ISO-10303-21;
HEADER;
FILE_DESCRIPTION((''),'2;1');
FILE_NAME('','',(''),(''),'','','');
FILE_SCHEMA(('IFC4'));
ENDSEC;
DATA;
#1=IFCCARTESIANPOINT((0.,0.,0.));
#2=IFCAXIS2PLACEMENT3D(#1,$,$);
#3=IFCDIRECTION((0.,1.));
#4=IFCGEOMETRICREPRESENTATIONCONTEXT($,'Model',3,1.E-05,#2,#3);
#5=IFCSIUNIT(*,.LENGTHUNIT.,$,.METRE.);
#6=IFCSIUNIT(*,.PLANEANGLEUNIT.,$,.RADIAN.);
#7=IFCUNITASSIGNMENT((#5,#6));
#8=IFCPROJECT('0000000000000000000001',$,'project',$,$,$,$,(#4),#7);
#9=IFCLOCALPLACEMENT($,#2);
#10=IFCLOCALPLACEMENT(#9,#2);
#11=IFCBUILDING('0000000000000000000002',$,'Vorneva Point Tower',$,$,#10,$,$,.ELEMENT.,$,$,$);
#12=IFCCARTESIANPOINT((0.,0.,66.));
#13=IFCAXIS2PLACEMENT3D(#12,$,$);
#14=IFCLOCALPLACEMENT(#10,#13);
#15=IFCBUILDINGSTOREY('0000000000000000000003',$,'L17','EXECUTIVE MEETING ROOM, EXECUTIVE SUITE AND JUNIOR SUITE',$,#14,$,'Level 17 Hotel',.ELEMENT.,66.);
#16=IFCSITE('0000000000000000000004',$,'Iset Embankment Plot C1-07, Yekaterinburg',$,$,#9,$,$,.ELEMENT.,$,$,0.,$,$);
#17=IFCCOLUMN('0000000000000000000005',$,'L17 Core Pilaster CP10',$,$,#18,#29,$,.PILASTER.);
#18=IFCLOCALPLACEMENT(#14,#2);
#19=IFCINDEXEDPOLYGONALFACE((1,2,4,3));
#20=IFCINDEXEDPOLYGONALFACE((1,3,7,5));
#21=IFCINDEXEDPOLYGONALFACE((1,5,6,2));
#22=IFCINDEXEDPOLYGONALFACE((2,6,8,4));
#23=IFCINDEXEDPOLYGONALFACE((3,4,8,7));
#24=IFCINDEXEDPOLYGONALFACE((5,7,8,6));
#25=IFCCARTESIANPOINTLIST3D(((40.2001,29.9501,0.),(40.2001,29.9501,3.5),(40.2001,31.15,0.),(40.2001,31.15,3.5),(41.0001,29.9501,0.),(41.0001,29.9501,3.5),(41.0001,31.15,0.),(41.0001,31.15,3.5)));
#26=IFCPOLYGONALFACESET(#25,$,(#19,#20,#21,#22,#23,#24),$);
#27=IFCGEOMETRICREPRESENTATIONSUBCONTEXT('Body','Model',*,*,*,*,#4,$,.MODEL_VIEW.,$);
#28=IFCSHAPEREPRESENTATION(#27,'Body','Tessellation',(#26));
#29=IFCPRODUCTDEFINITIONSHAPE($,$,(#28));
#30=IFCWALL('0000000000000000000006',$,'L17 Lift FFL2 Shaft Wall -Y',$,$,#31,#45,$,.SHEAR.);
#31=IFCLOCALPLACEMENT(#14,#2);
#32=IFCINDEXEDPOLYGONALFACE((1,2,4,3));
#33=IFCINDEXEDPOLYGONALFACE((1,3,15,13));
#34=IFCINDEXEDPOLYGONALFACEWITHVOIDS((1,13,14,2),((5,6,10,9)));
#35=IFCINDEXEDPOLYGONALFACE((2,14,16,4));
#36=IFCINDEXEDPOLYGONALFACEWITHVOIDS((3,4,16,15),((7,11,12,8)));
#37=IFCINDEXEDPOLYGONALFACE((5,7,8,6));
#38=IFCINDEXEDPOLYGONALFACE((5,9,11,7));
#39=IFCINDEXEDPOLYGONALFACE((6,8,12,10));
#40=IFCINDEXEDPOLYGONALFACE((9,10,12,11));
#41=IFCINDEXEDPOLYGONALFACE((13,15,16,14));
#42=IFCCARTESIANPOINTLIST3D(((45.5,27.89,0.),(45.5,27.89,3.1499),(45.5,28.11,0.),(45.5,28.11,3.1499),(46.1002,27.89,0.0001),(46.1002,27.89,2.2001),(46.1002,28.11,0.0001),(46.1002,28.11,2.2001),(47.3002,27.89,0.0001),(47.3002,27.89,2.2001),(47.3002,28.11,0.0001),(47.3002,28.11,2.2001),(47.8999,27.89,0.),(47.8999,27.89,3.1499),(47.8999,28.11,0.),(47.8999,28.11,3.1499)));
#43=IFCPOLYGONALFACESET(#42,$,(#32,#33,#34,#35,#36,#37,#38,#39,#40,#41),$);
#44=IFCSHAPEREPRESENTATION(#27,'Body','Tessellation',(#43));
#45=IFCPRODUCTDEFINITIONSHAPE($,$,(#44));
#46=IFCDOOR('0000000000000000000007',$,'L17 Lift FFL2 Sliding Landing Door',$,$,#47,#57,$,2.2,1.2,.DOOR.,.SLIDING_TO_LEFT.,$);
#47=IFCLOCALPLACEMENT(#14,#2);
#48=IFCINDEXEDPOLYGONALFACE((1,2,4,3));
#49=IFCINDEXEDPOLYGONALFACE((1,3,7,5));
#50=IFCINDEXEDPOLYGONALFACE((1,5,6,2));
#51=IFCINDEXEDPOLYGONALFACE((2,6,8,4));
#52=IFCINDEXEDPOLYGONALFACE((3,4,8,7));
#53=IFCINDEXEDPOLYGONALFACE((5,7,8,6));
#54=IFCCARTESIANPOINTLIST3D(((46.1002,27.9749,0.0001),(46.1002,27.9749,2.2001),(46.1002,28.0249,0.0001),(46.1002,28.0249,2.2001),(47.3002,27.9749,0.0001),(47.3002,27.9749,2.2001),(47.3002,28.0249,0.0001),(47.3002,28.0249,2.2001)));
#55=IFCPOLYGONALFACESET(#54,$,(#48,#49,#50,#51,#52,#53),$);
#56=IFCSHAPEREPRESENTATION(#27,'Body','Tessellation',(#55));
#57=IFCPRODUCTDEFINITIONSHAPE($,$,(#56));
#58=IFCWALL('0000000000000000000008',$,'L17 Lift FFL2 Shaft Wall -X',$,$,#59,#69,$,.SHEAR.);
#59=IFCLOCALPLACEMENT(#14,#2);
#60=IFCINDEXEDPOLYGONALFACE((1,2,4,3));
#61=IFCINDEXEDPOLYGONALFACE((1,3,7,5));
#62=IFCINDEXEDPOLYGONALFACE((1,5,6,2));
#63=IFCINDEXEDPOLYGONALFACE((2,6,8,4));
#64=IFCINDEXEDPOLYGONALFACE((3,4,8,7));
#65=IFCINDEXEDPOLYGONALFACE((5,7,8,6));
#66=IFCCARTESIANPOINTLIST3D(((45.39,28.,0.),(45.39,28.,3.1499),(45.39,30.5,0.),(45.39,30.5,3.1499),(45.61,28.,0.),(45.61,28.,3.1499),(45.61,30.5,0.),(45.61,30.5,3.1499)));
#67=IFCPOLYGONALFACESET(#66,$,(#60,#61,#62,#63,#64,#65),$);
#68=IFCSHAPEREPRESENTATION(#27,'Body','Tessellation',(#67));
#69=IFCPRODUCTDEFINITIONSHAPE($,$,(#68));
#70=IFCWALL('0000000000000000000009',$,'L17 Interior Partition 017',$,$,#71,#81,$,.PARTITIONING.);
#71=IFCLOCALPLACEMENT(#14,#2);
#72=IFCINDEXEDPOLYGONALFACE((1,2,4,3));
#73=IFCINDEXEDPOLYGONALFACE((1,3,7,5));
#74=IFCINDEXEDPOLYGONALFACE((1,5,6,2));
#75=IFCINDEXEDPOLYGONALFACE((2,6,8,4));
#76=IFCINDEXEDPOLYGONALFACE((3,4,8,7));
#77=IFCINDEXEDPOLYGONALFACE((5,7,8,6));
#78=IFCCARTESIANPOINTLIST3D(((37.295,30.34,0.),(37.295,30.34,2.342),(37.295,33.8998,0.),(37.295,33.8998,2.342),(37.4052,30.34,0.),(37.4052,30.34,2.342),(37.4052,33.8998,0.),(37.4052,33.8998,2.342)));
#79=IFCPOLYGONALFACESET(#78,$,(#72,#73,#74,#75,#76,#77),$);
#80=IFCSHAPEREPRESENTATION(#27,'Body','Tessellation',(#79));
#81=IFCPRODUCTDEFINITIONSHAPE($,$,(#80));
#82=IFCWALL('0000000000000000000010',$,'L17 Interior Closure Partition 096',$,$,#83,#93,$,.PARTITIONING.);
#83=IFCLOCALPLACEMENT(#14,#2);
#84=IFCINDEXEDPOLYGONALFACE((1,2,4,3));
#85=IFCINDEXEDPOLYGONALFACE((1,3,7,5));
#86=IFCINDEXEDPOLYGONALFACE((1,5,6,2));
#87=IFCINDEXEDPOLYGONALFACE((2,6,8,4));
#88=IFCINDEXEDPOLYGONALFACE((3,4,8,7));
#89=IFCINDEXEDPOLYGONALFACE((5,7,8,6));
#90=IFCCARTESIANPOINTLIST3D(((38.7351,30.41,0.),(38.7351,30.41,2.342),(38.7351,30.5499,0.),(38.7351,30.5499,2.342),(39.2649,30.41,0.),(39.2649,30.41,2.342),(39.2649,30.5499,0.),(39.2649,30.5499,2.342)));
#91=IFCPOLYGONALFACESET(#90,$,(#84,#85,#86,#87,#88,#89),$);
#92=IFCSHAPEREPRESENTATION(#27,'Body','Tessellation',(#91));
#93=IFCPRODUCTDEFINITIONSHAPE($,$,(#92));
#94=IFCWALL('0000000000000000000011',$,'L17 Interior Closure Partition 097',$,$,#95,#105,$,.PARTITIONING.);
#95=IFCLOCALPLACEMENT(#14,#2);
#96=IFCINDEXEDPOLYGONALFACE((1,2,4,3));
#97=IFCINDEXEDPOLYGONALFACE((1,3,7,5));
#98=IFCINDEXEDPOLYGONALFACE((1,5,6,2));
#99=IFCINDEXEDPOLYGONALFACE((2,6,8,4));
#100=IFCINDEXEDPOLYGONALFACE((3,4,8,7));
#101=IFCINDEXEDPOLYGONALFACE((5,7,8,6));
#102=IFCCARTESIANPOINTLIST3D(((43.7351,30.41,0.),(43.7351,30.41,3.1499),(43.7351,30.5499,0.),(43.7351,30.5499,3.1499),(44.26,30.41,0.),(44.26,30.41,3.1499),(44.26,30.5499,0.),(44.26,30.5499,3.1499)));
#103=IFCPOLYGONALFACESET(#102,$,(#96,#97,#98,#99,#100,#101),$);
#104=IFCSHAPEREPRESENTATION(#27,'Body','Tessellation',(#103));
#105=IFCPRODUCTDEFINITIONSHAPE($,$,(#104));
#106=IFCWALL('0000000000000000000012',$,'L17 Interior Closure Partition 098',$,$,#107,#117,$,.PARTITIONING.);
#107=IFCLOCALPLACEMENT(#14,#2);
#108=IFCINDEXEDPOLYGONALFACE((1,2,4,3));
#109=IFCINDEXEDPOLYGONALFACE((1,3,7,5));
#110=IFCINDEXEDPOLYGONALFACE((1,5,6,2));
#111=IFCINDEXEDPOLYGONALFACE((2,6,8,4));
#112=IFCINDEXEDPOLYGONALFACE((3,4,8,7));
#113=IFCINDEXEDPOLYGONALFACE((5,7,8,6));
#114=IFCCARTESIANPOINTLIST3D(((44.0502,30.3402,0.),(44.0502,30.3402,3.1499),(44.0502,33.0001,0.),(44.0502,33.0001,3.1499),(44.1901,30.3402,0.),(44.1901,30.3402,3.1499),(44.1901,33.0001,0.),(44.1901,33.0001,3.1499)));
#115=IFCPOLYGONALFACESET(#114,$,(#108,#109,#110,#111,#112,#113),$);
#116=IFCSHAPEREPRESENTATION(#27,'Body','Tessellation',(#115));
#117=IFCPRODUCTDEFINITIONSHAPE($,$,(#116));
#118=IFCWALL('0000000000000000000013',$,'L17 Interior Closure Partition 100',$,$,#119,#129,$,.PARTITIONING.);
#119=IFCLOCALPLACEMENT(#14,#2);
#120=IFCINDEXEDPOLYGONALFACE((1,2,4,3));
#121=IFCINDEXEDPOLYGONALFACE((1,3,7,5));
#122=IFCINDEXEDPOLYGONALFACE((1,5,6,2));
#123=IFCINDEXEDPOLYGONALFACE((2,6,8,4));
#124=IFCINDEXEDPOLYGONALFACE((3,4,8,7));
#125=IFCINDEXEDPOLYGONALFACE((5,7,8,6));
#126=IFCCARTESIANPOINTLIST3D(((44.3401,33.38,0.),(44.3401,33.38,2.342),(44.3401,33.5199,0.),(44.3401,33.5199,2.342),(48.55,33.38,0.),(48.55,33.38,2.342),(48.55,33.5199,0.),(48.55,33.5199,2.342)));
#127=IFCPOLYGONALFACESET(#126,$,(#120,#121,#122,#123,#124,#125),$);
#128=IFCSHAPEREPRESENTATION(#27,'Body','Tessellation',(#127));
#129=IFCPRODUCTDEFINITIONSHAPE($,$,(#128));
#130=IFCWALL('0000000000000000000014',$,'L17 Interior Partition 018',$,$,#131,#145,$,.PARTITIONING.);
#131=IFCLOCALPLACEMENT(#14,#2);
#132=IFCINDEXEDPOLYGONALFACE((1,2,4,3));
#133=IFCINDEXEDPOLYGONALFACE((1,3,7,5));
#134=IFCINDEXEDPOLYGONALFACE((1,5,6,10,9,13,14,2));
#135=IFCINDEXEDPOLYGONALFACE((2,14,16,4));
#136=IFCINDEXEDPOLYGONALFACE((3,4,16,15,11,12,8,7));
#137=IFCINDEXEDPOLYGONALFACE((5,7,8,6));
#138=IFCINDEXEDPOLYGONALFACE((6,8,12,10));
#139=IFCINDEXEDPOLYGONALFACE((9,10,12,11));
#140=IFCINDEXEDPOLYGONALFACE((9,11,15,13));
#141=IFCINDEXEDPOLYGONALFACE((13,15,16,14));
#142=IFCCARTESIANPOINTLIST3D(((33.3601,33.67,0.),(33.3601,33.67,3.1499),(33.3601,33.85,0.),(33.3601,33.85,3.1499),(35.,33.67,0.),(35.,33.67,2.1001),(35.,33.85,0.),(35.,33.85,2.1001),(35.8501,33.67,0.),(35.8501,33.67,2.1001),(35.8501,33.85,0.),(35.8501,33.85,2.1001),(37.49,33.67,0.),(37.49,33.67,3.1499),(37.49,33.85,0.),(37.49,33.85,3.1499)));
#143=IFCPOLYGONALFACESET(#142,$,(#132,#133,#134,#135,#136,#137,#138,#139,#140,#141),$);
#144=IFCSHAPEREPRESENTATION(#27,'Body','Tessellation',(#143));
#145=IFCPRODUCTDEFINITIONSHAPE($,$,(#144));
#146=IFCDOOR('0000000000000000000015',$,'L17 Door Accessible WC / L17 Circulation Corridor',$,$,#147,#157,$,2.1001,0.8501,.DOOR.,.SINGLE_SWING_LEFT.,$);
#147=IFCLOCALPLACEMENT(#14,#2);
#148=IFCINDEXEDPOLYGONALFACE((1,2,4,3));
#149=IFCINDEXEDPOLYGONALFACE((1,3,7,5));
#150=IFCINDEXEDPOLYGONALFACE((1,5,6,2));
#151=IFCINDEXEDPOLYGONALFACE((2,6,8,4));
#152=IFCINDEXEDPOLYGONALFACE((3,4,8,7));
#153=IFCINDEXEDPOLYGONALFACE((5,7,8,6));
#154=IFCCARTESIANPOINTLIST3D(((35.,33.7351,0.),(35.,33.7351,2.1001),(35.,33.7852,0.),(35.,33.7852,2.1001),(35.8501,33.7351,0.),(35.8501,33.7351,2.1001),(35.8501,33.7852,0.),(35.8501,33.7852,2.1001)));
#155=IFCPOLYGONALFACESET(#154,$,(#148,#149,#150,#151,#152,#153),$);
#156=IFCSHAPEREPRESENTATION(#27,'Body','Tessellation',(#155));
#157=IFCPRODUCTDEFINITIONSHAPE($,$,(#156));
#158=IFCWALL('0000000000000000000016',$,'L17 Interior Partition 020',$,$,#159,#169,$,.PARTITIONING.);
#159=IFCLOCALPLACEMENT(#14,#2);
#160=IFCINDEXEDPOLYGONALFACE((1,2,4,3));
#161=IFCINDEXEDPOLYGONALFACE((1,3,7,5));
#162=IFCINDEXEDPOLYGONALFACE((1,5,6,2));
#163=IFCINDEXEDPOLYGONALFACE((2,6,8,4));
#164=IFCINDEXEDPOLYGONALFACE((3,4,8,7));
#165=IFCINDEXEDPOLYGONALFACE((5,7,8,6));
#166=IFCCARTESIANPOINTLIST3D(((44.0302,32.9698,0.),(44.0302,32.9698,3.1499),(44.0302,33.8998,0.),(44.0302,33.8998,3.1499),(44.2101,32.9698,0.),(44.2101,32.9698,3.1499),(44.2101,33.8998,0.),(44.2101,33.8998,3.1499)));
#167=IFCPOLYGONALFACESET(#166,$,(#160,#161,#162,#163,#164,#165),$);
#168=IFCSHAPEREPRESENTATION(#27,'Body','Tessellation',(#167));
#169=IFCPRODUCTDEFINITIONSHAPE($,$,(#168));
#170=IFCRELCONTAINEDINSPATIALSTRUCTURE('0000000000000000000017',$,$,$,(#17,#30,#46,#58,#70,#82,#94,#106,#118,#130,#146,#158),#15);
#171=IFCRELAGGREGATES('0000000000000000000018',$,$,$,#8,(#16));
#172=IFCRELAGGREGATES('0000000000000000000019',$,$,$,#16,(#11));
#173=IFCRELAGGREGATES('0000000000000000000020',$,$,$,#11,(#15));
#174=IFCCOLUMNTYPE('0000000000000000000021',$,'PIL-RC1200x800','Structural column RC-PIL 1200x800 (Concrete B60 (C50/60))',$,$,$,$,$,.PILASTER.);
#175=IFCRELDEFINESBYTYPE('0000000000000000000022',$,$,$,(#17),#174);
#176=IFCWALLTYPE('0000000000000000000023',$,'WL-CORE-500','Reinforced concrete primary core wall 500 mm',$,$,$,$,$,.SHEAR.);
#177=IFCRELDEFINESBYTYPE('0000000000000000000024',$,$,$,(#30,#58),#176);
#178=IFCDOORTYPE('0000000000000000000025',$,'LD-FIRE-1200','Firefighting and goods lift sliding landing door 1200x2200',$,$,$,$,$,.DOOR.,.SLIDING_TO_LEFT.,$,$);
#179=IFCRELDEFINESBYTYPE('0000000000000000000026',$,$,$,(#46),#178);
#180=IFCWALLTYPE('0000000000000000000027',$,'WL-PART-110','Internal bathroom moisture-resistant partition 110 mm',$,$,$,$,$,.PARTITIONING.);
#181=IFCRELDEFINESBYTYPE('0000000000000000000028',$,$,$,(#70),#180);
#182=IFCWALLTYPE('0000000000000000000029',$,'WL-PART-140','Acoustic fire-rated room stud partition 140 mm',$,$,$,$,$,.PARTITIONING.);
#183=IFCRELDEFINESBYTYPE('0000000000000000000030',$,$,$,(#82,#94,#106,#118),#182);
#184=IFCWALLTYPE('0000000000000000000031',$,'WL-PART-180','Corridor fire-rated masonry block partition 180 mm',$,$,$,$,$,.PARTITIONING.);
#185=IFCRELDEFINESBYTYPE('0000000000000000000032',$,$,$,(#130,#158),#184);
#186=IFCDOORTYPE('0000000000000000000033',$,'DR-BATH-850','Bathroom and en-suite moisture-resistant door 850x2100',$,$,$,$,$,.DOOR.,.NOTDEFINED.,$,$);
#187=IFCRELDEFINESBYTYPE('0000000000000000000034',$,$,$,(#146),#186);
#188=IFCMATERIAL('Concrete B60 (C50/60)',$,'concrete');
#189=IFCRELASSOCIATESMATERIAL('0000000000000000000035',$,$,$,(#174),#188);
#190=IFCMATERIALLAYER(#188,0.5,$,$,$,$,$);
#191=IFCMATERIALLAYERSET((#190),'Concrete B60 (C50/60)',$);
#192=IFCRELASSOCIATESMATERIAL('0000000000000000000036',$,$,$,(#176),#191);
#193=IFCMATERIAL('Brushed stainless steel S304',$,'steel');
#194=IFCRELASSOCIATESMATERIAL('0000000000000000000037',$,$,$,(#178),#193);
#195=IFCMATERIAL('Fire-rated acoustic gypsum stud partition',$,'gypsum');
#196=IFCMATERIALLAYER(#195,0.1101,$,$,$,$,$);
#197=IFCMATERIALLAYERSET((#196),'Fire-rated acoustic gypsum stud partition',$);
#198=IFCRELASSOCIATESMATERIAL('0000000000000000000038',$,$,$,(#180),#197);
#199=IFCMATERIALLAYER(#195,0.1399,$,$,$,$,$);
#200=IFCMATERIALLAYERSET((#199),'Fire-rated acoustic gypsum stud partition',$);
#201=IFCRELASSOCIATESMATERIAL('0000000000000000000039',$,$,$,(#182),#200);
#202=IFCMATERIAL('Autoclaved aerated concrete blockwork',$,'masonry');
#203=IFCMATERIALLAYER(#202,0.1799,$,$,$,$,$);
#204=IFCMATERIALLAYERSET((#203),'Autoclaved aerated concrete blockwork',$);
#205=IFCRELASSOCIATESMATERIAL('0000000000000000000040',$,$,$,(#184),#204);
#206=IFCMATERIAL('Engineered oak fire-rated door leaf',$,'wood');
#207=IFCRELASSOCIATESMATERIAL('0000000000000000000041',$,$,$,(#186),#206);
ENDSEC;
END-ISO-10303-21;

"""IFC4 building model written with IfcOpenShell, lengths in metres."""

from ifc_helpers import new_model, si_unit, direction, frame, frame_2d, origin, origin_2d, place, context, subcontext, project, spatial, rectangle, extrude, material, layer, layer_set, material_profile, profile_set, type_object, element, fill, save


model = new_model("IFC4")

# Units and contexts
model_context = context("Model", 3, precision=1e-05, world=origin(), true_north=direction((0.0, 1.0)))
body_context = subcontext(model_context, "Body", "Model", "MODEL_VIEW")
ifc_project = project(units=[si_unit("LENGTHUNIT", "METRE"), si_unit("PLANEANGLEUNIT", "RADIAN")], contexts=[model_context])

# Site, building, storey
site_placement = place(None, origin())
site = spatial("IfcSite", under=ifc_project, at=site_placement, Name="Iset Embankment Plot C1-07, Yekaterinburg", CompositionType="ELEMENT", RefElevation=0.0)
building_placement = place(site_placement, origin())
building = spatial("IfcBuilding", under=site, at=building_placement, Name="Vorneva Point Tower", CompositionType="ELEMENT")
storey_placement = place(building_placement, frame((0.0, 0.0, 66.0)))
storey = spatial("IfcBuildingStorey", under=building, at=storey_placement, Name="L17", Description="EXECUTIVE MEETING ROOM, EXECUTIVE SUITE AND JUNIOR SUITE", LongName="Level 17 Hotel", CompositionType="ELEMENT", Elevation=66.0)

# Column
ifc_material_1 = material(Name="Concrete B60 (C50/60)", Category="concrete")
ifc_material_profile = material_profile(ifc_material_1, rectangle(XDim=0.8, YDim=1.2, at=origin_2d()), Name="RC-PIL 1200x800")
ifc_profile_set = profile_set([ifc_material_profile], Name="Concrete B60 (C50/60)")
column_type = type_object("IfcColumnType", Name="PIL-RC1200x800", Description="Structural column RC-PIL 1200x800 (Concrete B60 (C50/60))", PredefinedType="PILASTER", material=ifc_profile_set)
column_placement = place(storey_placement, frame((40.6001, 30.55, 0.0), z_axis=(0.0, 0.0, 1.0), x_axis=(1.0, 0.0, 0.0)))
element("IfcColumn", 1, at=column_placement, inside=storey, type_object=column_type, Name="L17 Core Pilaster CP10", PredefinedType="PILASTER", context=body_context, shape_type="SweptSolid", body=[
    extrude(rectangle(XDim=0.8, YDim=1.2, at=origin_2d()), origin(), (0.0, 0.0, 1.0), 3.5),
])

# Wall, opening, door
ifc_layer_1 = layer(ifc_material_1, 0.5)
ifc_layer_set_1 = layer_set([ifc_layer_1], Name="Concrete B60 (C50/60)")
wall_type_1 = type_object("IfcWallType", Name="WL-CORE-500", Description="Reinforced concrete primary core wall 500 mm", PredefinedType="SHEAR", material=ifc_layer_set_1)
wall_1_placement = place(storey_placement, frame((45.5, 28.0, 0.0), z_axis=(0.0, 0.0, 1.0), x_axis=(1.0, 0.0, 0.0)))
wall_1 = element("IfcWall", 2, at=wall_1_placement, inside=storey, type_object=wall_type_1, Name="L17 Lift FFL2 Shaft Wall -Y", PredefinedType="SHEAR", context=body_context, shape_type="SweptSolid", body=[
    extrude(rectangle(XDim=2.3999, YDim=0.22, at=frame_2d((1.2, 0.0))), origin(), (0.0, 0.0, 1.0), 3.1499),
])
opening_1_placement = place(wall_1_placement, frame((0.6001, 0.0, 0.0)))
opening_1 = element("IfcOpeningElement", 3, at=opening_1_placement, cuts=wall_1, PredefinedType="OPENING", context=body_context, shape_type="SweptSolid", body=[
    extrude(rectangle(XDim=1.2, YDim=2.2, at=frame_2d((0.6001, 1.1001))), frame((0.0, 0.125, 0.0), z_axis=(0.0, -1.0, 0.0), x_axis=(1.0, 0.0, 0.0)), (0.0, 0.0, 1.0), 0.2498),
])
ifc_material_2 = material(Name="Brushed stainless steel S304", Category="steel")
door_type_1 = type_object("IfcDoorType", Name="LD-FIRE-1200", Description="Firefighting and goods lift sliding landing door 1200x2200", OperationType="SLIDING_TO_LEFT", PredefinedType="DOOR", material=ifc_material_2)
door_1_placement = place(opening_1_placement, origin())
door_1 = element("IfcDoor", 4, at=door_1_placement, inside=storey, type_object=door_type_1, Name="L17 Lift FFL2 Sliding Landing Door", OperationType="SLIDING_TO_LEFT", OverallHeight=2.2, OverallWidth=1.2, PredefinedType="DOOR", context=body_context, shape_type="SweptSolid", body=[
    extrude(rectangle(XDim=1.2, YDim=2.2, at=frame_2d((0.6001, 1.1001))), frame((0.0, 0.0249, 0.0), z_axis=(0.0, -1.0, 0.0), x_axis=(1.0, 0.0, 0.0)), (0.0, 0.0, 1.0), 0.05),
])
fill(opening_1, door_1)

# Walls
wall_2_placement = place(storey_placement, frame((45.5, 30.5, 0.0), z_axis=(0.0, 0.0, 1.0), x_axis=(0.0, -1.0, 0.0)))
element("IfcWall", 5, at=wall_2_placement, inside=storey, type_object=wall_type_1, Name="L17 Lift FFL2 Shaft Wall -X", PredefinedType="SHEAR", context=body_context, shape_type="SweptSolid", body=[
    extrude(rectangle(XDim=2.5, YDim=0.22, at=frame_2d((1.25, 0.0))), origin(), (0.0, 0.0, 1.0), 3.1499),
])
ifc_material_3 = material(Name="Fire-rated acoustic gypsum stud partition", Category="gypsum")
ifc_layer_2 = layer(ifc_material_3, 0.1101)
ifc_layer_set_2 = layer_set([ifc_layer_2], Name="Fire-rated acoustic gypsum stud partition")
wall_type_2 = type_object("IfcWallType", Name="WL-PART-110", Description="Internal bathroom moisture-resistant partition 110 mm", PredefinedType="PARTITIONING", material=ifc_layer_set_2)
wall_3_placement = place(storey_placement, frame((37.3501, 30.3401, 0.0), z_axis=(0.0, 0.0, 1.0), x_axis=(0.0, 1.0, 0.0)))
element("IfcWall", 6, at=wall_3_placement, inside=storey, type_object=wall_type_2, Name="L17 Interior Partition 017", PredefinedType="PARTITIONING", context=body_context, shape_type="SweptSolid", body=[
    extrude(rectangle(XDim=3.5598, YDim=0.1101, at=frame_2d((1.7798, 0.0))), origin(), (0.0, 0.0, 1.0), 2.342),
])
ifc_layer_3 = layer(ifc_material_3, 0.1399)
ifc_layer_set_3 = layer_set([ifc_layer_3], Name="Fire-rated acoustic gypsum stud partition")
wall_type_3 = type_object("IfcWallType", Name="WL-PART-140", Description="Acoustic fire-rated room stud partition 140 mm", PredefinedType="PARTITIONING", material=ifc_layer_set_3)
wall_4_placement = place(storey_placement, frame((38.7351, 30.48, 0.0), z_axis=(0.0, 0.0, 1.0), x_axis=(1.0, 0.0, 0.0)))
element("IfcWall", 7, at=wall_4_placement, inside=storey, type_object=wall_type_3, Name="L17 Interior Closure Partition 096", PredefinedType="PARTITIONING", context=body_context, shape_type="SweptSolid", body=[
    extrude(rectangle(XDim=0.5298, YDim=0.1399, at=frame_2d((0.2649, 0.0))), origin(), (0.0, 0.0, 1.0), 2.342),
])
wall_5_placement = place(storey_placement, frame((43.7351, 30.48, 0.0), z_axis=(0.0, 0.0, 1.0), x_axis=(1.0, 0.0, 0.0)))
element("IfcWall", 8, at=wall_5_placement, inside=storey, type_object=wall_type_3, Name="L17 Interior Closure Partition 097", PredefinedType="PARTITIONING", context=body_context, shape_type="SweptSolid", body=[
    extrude(rectangle(XDim=0.5249, YDim=0.1399, at=frame_2d((0.2625, 0.0))), origin(), (0.0, 0.0, 1.0), 3.1499),
])
wall_6_placement = place(storey_placement, frame((44.1201, 30.3401, 0.0), z_axis=(0.0, 0.0, 1.0), x_axis=(0.0, 1.0, 0.0)))
element("IfcWall", 9, at=wall_6_placement, inside=storey, type_object=wall_type_3, Name="L17 Interior Closure Partition 098", PredefinedType="PARTITIONING", context=body_context, shape_type="SweptSolid", body=[
    extrude(rectangle(XDim=2.6599, YDim=0.1399, at=frame_2d((1.3301, 0.0))), origin(), (0.0, 0.0, 1.0), 3.1499),
])
wall_7_placement = place(storey_placement, frame((44.3401, 33.45, 0.0), z_axis=(0.0, 0.0, 1.0), x_axis=(1.0, 0.0, 0.0)))
element("IfcWall", 10, at=wall_7_placement, inside=storey, type_object=wall_type_3, Name="L17 Interior Closure Partition 100", PredefinedType="PARTITIONING", context=body_context, shape_type="SweptSolid", body=[
    extrude(rectangle(XDim=4.21, YDim=0.1399, at=frame_2d((2.105, 0.0))), origin(), (0.0, 0.0, 1.0), 2.342),
])

# Wall, opening, door
ifc_material_4 = material(Name="Autoclaved aerated concrete blockwork", Category="masonry")
ifc_layer_4 = layer(ifc_material_4, 0.1799)
ifc_layer_set_4 = layer_set([ifc_layer_4], Name="Autoclaved aerated concrete blockwork")
wall_type_4 = type_object("IfcWallType", Name="WL-PART-180", Description="Corridor fire-rated masonry block partition 180 mm", PredefinedType="PARTITIONING", material=ifc_layer_set_4)
wall_8_placement = place(storey_placement, frame((37.49, 33.76, 0.0), z_axis=(0.0, 0.0, 1.0), x_axis=(-1.0, 0.0, 0.0)))
wall_8 = element("IfcWall", 11, at=wall_8_placement, inside=storey, type_object=wall_type_4, Name="L17 Interior Partition 018", PredefinedType="PARTITIONING", context=body_context, shape_type="SweptSolid", body=[
    extrude(rectangle(XDim=4.1299, YDim=0.1799, at=frame_2d((2.0649, 0.0))), origin(), (0.0, 0.0, 1.0), 3.1499),
])
opening_2_placement = place(wall_8_placement, frame((1.6399, 0.0, 0.0)))
opening_2 = element("IfcOpeningElement", 12, at=opening_2_placement, cuts=wall_8, PredefinedType="OPENING", context=body_context, shape_type="SweptSolid", body=[
    extrude(rectangle(XDim=0.8501, YDim=2.1001, at=frame_2d((0.425, 1.05))), frame((0.0, 0.105, 0.0), z_axis=(0.0, -1.0, 0.0), x_axis=(1.0, 0.0, 0.0)), (0.0, 0.0, 1.0), 0.2097),
])
ifc_material_5 = material(Name="Engineered oak fire-rated door leaf", Category="wood")
door_type_2 = type_object("IfcDoorType", Name="DR-BATH-850", Description="Bathroom and en-suite moisture-resistant door 850x2100", OperationType="NOTDEFINED", PredefinedType="DOOR", material=ifc_material_5)
door_2_placement = place(opening_2_placement, origin())
door_2 = element("IfcDoor", 13, at=door_2_placement, inside=storey, type_object=door_type_2, Name="L17 Door Accessible WC / L17 Circulation Corridor", OperationType="SINGLE_SWING_LEFT", OverallHeight=2.1001, OverallWidth=0.8501, PredefinedType="DOOR", context=body_context, shape_type="SweptSolid", body=[
    extrude(rectangle(XDim=0.8501, YDim=2.1001, at=frame_2d((0.425, 1.05))), frame((0.0, 0.0249, 0.0), z_axis=(0.0, -1.0, 0.0), x_axis=(1.0, 0.0, 0.0)), (0.0, 0.0, 1.0), 0.05),
])
fill(opening_2, door_2)

# Wall
wall_9_placement = place(storey_placement, frame((44.1201, 32.97, 0.0), z_axis=(0.0, 0.0, 1.0), x_axis=(0.0, 1.0, 0.0)))
element("IfcWall", 14, at=wall_9_placement, inside=storey, type_object=wall_type_4, Name="L17 Interior Partition 020", PredefinedType="PARTITIONING", context=body_context, shape_type="SweptSolid", body=[
    extrude(rectangle(XDim=0.9299, YDim=0.1799, at=frame_2d((0.4648, 0.0))), origin(), (0.0, 0.0, 1.0), 3.1499),
])

save(model, "model.ifc")
